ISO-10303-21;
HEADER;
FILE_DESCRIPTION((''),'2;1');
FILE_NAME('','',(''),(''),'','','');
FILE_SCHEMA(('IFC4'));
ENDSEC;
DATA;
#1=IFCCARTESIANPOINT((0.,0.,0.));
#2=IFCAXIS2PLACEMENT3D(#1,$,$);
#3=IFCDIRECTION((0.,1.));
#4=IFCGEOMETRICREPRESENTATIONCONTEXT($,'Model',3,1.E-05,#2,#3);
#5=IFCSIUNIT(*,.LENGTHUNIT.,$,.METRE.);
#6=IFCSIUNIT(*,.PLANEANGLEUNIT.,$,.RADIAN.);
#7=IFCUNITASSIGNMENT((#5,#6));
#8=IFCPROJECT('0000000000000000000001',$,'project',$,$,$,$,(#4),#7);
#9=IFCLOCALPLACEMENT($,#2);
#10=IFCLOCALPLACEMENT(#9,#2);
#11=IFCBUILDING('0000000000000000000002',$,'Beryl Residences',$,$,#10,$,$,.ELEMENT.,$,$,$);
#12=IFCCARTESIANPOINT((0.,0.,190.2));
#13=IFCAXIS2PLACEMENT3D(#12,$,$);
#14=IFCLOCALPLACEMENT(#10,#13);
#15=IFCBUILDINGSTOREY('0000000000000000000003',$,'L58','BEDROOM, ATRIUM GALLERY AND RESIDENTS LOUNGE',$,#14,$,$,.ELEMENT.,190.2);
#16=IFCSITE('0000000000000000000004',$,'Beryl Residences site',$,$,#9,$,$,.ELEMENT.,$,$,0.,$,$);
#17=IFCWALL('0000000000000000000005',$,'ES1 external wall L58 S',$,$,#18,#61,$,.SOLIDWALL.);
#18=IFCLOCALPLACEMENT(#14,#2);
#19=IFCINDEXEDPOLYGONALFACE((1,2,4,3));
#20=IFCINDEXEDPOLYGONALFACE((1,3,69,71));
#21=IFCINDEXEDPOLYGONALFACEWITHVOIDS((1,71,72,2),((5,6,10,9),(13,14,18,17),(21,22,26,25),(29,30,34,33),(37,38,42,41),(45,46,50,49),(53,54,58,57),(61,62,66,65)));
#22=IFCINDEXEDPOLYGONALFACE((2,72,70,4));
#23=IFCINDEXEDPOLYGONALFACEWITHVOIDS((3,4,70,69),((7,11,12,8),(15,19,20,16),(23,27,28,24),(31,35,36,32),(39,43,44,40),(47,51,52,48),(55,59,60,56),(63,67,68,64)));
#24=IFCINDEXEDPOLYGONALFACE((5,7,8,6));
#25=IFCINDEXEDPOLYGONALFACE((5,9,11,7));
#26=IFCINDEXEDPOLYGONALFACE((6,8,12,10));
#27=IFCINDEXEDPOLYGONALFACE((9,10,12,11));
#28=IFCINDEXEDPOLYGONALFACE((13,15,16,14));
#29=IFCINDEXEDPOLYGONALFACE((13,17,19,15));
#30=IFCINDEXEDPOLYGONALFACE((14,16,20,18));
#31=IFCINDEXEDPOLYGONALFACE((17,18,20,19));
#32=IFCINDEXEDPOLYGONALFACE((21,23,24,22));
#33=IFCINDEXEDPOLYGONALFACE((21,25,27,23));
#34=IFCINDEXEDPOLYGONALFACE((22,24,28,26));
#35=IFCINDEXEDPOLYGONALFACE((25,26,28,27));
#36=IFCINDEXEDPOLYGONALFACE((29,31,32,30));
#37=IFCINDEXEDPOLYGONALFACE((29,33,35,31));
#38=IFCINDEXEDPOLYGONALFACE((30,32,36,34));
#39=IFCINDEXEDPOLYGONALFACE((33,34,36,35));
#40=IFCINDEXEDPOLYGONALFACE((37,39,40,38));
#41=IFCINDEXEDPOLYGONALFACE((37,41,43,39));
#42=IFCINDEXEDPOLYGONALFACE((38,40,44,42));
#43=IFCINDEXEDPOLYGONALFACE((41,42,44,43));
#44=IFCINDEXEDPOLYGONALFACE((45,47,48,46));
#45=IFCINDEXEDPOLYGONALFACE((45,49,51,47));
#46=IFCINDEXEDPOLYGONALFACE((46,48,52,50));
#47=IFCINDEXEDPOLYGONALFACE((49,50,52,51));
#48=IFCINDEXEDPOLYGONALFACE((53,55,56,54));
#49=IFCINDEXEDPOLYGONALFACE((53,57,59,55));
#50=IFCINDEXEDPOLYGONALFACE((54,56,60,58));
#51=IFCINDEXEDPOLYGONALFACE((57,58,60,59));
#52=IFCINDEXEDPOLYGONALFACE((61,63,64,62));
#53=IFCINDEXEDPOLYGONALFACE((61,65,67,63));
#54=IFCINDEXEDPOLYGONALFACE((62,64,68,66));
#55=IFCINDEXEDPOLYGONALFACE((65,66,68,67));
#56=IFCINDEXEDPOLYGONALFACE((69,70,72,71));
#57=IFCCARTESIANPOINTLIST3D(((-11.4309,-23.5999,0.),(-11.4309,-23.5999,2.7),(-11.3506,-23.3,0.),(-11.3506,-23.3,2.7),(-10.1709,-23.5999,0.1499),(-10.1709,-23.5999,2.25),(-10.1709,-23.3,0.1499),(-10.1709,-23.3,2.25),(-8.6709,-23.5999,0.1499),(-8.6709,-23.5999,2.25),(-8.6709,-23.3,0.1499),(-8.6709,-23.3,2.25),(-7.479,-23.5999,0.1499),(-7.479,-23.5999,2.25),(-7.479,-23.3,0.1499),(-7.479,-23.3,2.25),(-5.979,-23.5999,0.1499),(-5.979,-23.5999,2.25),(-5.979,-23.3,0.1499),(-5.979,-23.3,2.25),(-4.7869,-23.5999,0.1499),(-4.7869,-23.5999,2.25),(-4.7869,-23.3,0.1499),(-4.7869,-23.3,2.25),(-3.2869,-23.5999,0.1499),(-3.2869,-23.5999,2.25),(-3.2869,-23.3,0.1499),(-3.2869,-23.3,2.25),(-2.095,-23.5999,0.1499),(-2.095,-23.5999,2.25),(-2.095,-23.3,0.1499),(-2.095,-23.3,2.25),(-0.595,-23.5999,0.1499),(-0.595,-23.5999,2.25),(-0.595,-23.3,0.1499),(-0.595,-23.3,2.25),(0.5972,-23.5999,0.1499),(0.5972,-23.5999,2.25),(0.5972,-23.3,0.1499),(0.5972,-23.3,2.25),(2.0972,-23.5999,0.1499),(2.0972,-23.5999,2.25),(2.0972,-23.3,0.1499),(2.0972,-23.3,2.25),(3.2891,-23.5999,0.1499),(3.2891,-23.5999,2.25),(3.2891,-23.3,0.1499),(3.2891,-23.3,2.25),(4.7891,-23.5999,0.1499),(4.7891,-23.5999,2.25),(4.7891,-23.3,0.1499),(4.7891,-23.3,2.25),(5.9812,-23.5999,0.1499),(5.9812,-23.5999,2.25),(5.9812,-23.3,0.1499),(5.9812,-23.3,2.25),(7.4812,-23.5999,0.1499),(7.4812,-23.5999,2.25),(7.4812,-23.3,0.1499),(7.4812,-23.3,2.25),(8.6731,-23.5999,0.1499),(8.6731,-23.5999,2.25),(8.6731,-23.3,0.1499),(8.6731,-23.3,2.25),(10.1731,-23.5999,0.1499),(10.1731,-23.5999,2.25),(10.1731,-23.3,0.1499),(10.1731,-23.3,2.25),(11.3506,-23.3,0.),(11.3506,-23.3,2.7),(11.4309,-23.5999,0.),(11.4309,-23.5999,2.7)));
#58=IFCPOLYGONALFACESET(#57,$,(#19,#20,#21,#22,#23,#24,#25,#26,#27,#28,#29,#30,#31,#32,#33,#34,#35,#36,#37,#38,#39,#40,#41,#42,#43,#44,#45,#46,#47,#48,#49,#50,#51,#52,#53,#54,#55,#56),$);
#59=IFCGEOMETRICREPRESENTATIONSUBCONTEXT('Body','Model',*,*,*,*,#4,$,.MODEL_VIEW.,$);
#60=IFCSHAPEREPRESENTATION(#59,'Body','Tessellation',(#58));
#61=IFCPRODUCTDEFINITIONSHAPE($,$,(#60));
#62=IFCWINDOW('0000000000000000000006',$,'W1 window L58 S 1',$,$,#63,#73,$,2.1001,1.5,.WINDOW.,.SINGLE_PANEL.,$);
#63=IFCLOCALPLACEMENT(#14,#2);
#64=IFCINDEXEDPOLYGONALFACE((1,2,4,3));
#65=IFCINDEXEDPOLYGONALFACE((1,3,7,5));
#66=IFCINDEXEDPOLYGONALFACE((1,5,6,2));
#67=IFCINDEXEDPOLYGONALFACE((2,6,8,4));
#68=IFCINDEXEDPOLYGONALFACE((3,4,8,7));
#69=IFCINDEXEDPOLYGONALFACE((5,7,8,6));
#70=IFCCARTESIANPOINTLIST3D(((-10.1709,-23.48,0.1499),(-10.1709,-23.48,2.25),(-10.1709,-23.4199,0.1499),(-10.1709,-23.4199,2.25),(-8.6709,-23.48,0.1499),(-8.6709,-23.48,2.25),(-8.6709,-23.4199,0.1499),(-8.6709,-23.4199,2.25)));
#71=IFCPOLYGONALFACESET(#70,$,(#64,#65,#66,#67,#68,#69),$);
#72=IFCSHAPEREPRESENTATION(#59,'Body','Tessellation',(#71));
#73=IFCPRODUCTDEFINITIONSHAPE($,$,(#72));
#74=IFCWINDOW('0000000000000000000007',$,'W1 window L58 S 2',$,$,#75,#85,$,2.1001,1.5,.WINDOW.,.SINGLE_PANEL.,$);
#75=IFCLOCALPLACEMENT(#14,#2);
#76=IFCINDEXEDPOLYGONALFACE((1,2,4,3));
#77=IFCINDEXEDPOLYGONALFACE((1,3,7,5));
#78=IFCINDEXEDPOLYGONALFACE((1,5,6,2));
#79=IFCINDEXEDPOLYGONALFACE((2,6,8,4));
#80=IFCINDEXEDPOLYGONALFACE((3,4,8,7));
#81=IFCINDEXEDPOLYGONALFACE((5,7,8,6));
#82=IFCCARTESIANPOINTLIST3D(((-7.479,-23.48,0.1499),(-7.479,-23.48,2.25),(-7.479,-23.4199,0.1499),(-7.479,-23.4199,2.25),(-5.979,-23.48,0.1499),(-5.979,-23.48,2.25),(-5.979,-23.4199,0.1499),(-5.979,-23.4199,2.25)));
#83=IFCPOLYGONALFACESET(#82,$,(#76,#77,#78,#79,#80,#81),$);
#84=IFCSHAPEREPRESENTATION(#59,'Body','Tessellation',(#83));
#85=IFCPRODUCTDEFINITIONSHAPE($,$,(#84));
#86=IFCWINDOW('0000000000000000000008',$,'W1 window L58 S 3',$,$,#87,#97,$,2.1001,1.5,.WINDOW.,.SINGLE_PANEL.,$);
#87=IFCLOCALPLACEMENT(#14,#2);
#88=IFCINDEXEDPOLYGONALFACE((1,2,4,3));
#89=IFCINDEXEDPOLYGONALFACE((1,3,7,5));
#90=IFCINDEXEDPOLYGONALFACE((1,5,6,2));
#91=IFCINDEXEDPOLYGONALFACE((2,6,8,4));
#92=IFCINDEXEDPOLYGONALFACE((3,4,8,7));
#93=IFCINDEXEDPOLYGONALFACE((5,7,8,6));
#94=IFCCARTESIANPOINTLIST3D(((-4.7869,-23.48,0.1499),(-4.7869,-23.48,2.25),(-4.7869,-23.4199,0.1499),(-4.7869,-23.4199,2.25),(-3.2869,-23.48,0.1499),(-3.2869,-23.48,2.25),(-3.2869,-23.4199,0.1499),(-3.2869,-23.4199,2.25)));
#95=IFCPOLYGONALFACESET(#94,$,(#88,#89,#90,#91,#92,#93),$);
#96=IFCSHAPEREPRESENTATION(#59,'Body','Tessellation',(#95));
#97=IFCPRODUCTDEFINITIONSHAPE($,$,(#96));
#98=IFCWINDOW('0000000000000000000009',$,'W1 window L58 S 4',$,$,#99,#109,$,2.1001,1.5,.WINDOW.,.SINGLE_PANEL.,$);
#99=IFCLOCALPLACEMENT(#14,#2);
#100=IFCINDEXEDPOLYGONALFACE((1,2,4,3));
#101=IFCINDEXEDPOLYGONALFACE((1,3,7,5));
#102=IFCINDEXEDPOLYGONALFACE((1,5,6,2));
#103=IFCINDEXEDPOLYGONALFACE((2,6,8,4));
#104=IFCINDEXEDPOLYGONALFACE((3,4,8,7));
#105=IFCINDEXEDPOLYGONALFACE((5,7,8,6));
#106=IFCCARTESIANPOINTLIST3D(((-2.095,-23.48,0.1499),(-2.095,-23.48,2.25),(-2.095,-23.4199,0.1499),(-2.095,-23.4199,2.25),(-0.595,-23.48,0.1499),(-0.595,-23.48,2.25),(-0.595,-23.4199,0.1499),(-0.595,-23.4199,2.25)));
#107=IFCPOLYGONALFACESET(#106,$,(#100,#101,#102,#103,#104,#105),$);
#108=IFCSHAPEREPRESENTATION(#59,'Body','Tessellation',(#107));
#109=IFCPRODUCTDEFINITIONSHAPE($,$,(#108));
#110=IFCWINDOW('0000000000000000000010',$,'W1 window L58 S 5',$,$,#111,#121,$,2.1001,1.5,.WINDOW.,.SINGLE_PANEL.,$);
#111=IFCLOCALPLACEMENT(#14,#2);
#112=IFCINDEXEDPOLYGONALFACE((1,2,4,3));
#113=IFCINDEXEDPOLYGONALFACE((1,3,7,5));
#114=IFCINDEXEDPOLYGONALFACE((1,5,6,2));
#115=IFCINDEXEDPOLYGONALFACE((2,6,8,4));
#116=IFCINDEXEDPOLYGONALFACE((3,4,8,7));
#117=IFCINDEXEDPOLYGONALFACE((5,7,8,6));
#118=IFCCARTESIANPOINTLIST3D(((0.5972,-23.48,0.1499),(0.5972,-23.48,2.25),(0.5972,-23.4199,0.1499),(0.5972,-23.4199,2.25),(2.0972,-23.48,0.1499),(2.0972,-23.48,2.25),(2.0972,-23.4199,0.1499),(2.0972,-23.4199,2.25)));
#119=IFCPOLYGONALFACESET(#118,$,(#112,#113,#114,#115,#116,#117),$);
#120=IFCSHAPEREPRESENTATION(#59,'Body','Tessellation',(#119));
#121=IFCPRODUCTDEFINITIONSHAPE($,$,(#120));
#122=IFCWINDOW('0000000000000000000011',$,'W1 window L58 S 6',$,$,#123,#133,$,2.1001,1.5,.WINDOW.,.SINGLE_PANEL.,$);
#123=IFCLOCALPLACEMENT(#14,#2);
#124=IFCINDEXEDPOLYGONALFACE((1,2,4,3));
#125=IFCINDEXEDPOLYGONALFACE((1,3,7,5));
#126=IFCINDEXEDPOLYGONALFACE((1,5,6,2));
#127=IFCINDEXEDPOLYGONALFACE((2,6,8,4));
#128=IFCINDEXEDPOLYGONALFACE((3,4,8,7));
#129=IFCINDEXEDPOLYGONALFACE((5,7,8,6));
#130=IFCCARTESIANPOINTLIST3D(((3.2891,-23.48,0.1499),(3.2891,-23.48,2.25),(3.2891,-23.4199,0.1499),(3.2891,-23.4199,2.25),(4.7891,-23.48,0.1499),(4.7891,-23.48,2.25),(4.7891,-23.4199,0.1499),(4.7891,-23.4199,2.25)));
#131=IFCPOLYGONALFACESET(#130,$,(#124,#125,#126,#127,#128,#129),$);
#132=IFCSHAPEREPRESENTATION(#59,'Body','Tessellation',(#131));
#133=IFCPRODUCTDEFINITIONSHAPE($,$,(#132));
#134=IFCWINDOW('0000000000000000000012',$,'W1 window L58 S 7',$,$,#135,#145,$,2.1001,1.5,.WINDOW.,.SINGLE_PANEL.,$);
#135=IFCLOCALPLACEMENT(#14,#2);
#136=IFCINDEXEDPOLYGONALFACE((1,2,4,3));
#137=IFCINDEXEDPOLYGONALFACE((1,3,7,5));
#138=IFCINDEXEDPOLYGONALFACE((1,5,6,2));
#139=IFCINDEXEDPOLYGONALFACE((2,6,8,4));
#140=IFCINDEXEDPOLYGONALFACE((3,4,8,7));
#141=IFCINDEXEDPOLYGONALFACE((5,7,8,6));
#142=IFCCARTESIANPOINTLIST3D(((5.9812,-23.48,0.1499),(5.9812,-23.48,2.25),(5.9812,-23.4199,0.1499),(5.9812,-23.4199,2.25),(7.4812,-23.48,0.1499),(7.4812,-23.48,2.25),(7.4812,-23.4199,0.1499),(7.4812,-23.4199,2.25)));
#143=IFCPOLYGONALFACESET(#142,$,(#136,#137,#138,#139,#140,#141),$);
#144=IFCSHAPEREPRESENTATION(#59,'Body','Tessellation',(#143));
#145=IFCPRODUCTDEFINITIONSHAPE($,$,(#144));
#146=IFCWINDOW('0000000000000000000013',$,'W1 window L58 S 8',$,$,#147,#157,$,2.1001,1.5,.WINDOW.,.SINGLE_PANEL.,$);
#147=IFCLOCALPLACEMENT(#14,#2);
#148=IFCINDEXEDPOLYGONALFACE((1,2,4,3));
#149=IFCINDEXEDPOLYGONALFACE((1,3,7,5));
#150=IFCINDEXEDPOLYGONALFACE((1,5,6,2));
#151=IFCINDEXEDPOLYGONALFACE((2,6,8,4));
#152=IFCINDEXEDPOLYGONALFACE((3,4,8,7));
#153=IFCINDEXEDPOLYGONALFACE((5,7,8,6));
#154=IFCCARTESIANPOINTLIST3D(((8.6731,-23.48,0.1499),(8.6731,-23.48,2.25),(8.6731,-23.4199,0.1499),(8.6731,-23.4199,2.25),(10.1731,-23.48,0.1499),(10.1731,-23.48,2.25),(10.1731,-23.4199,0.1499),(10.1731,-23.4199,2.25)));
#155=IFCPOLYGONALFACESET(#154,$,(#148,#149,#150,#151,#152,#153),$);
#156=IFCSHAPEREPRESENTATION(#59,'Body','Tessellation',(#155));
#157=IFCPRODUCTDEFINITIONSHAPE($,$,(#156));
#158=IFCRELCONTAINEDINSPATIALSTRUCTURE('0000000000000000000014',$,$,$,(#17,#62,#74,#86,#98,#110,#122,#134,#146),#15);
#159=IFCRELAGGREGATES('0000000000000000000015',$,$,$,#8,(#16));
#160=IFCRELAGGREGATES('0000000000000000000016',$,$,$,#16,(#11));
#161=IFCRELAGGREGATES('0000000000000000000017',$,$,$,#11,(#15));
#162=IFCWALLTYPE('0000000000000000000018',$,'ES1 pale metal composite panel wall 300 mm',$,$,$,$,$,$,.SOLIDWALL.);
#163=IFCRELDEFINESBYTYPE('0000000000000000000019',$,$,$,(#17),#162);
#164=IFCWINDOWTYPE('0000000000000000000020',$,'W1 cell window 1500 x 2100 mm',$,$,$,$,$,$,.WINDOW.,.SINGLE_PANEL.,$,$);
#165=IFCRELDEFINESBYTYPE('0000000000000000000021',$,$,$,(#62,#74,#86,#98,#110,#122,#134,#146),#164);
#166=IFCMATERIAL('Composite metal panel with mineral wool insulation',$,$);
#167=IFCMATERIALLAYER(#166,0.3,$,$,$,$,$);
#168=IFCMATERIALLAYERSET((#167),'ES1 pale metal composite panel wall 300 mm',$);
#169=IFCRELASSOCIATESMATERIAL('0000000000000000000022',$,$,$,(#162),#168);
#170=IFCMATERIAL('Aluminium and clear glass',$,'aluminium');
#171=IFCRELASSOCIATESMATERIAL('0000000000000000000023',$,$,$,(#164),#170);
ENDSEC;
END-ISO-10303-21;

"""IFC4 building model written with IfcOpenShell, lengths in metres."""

from ifc_helpers import new_model, si_unit, direction, frame, frame_2d, origin, place, context, subcontext, project, spatial, polyline, rectangle, outline, extrude, material, layer, layer_set, type_object, element, fill, save


model = new_model("IFC4")

# Units and contexts
model_context = context("Model", 3, precision=1e-05, world=origin(), true_north=direction((0.0, 1.0)))
body_context = subcontext(model_context, "Body", "Model", "MODEL_VIEW")
ifc_project = project(units=[si_unit("LENGTHUNIT", "METRE"), si_unit("PLANEANGLEUNIT", "RADIAN")], contexts=[model_context])

# Site, building, storey
site_placement = place(None, origin())
site = spatial("IfcSite", under=ifc_project, at=site_placement, Name="Beryl Residences site", CompositionType="ELEMENT", RefElevation=0.0)
building_placement = place(site_placement, origin())
building = spatial("IfcBuilding", under=site, at=building_placement, Name="Beryl Residences", CompositionType="ELEMENT")
storey_placement = place(building_placement, frame((0.0, 0.0, 190.2)))
storey = spatial("IfcBuildingStorey", under=building, at=storey_placement, Name="L58", Description="BEDROOM, ATRIUM GALLERY AND RESIDENTS LOUNGE", CompositionType="ELEMENT", Elevation=190.2)

# Wall, openings, windows
ifc_material_1 = material(Name="Composite metal panel with mineral wool insulation")
ifc_layer_1 = layer(ifc_material_1, 0.3)
ifc_layer_set_1 = layer_set([ifc_layer_1], Name="ES1 pale metal composite panel wall 300 mm")
wall_type_1 = type_object("IfcWallType", Name="ES1 pale metal composite panel wall 300 mm", PredefinedType="SOLIDWALL", material=ifc_layer_set_1)
wall_1_placement = place(storey_placement, frame((-11.4309, -23.45, 0.0), z_axis=(0.0, 0.0, 1.0), x_axis=(1.0, 0.0, 0.0)))
wall_1 = element("IfcWall", 1, at=wall_1_placement, inside=storey, type_object=wall_type_1, Name="ES1 external wall L58 S", PredefinedType="SOLIDWALL", context=body_context, shape_type="SweptSolid", body=[
    extrude(outline(polyline([(0.0, -0.1499), (22.8618, -0.1499), (22.7815, 0.1499), (0.0803, 0.1499), (0.0, -0.1499)])), origin(), (0.0, 0.0, 1.0), 2.7),
])
opening_1_placement = place(wall_1_placement, frame((1.26, 0.0, 0.1499)))
opening_1 = element("IfcOpeningElement", 2, at=opening_1_placement, cuts=wall_1, PredefinedType="OPENING", context=body_context, shape_type="SweptSolid", body=[
    extrude(rectangle(XDim=1.5, YDim=2.1001, at=frame_2d((0.75, 1.05))), frame((0.0, 0.1599, 0.0), z_axis=(0.0, -1.0, 0.0), x_axis=(1.0, 0.0, 0.0)), (0.0, 0.0, 1.0), 0.3201),
])
opening_2_placement = place(wall_1_placement, frame((3.9519, 0.0, 0.1499)))
opening_2 = element("IfcOpeningElement", 3, at=opening_2_placement, cuts=wall_1, PredefinedType="OPENING", context=body_context, shape_type="SweptSolid", body=[
    extrude(rectangle(XDim=1.5, YDim=2.1001, at=frame_2d((0.75, 1.05))), frame((0.0, 0.1599, 0.0), z_axis=(0.0, -1.0, 0.0), x_axis=(1.0, 0.0, 0.0)), (0.0, 0.0, 1.0), 0.3201),
])
opening_3_placement = place(wall_1_placement, frame((6.644, 0.0, 0.1499)))
opening_3 = element("IfcOpeningElement", 4, at=opening_3_placement, cuts=wall_1, PredefinedType="OPENING", context=body_context, shape_type="SweptSolid", body=[
    extrude(rectangle(XDim=1.5, YDim=2.1001, at=frame_2d((0.75, 1.05))), frame((0.0, 0.1599, 0.0), z_axis=(0.0, -1.0, 0.0), x_axis=(1.0, 0.0, 0.0)), (0.0, 0.0, 1.0), 0.3201),
])
opening_4_placement = place(wall_1_placement, frame((9.3359, 0.0, 0.1499)))
opening_4 = element("IfcOpeningElement", 5, at=opening_4_placement, cuts=wall_1, PredefinedType="OPENING", context=body_context, shape_type="SweptSolid", body=[
    extrude(rectangle(XDim=1.5, YDim=2.1001, at=frame_2d((0.75, 1.05))), frame((0.0, 0.1599, 0.0), z_axis=(0.0, -1.0, 0.0), x_axis=(1.0, 0.0, 0.0)), (0.0, 0.0, 1.0), 0.3201),
])
opening_5_placement = place(wall_1_placement, frame((12.0281, 0.0, 0.1499)))
opening_5 = element("IfcOpeningElement", 6, at=opening_5_placement, cuts=wall_1, PredefinedType="OPENING", context=body_context, shape_type="SweptSolid", body=[
    extrude(rectangle(XDim=1.5, YDim=2.1001, at=frame_2d((0.75, 1.05))), frame((0.0, 0.1599, 0.0), z_axis=(0.0, -1.0, 0.0), x_axis=(1.0, 0.0, 0.0)), (0.0, 0.0, 1.0), 0.3201),
])
opening_6_placement = place(wall_1_placement, frame((14.72, 0.0, 0.1499)))
opening_6 = element("IfcOpeningElement", 7, at=opening_6_placement, cuts=wall_1, PredefinedType="OPENING", context=body_context, shape_type="SweptSolid", body=[
    extrude(rectangle(XDim=1.5, YDim=2.1001, at=frame_2d((0.75, 1.05))), frame((0.0, 0.1599, 0.0), z_axis=(0.0, -1.0, 0.0), x_axis=(1.0, 0.0, 0.0)), (0.0, 0.0, 1.0), 0.3201),
])
opening_7_placement = place(wall_1_placement, frame((17.4121, 0.0, 0.1499)))
opening_7 = element("IfcOpeningElement", 8, at=opening_7_placement, cuts=wall_1, PredefinedType="OPENING", context=body_context, shape_type="SweptSolid", body=[
    extrude(rectangle(XDim=1.5, YDim=2.1001, at=frame_2d((0.75, 1.05))), frame((0.0, 0.1599, 0.0), z_axis=(0.0, -1.0, 0.0), x_axis=(1.0, 0.0, 0.0)), (0.0, 0.0, 1.0), 0.3201),
])
opening_8_placement = place(wall_1_placement, frame((20.104, 0.0, 0.1499)))
opening_8 = element("IfcOpeningElement", 9, at=opening_8_placement, cuts=wall_1, PredefinedType="OPENING", context=body_context, shape_type="SweptSolid", body=[
    extrude(rectangle(XDim=1.5, YDim=2.1001, at=frame_2d((0.75, 1.05))), frame((0.0, 0.1599, 0.0), z_axis=(0.0, -1.0, 0.0), x_axis=(1.0, 0.0, 0.0)), (0.0, 0.0, 1.0), 0.3201),
])
ifc_material_2 = material(Name="Aluminium and clear glass", Category="aluminium")
window_type = type_object("IfcWindowType", Name="W1 cell window 1500 x 2100 mm", PartitioningType="SINGLE_PANEL", PredefinedType="WINDOW", material=ifc_material_2)
window_1_placement = place(opening_1_placement, origin())
window_1 = element("IfcWindow", 10, at=window_1_placement, inside=storey, type_object=window_type, Name="W1 window L58 S 1", OverallHeight=2.1001, OverallWidth=1.5, PartitioningType="SINGLE_PANEL", PredefinedType="WINDOW", context=body_context, shape_type="SweptSolid", body=[
    extrude(rectangle(XDim=1.5, YDim=2.1001, at=frame_2d((0.75, 1.05))), frame((0.0, 0.03, 0.0), z_axis=(0.0, -1.0, 0.0), x_axis=(1.0, 0.0, 0.0)), (0.0, 0.0, 1.0), 0.0601),
])
fill(opening_1, window_1)
window_2_placement = place(opening_2_placement, origin())
window_2 = element("IfcWindow", 11, at=window_2_placement, inside=storey, type_object=window_type, Name="W1 window L58 S 2", OverallHeight=2.1001, OverallWidth=1.5, PartitioningType="SINGLE_PANEL", PredefinedType="WINDOW", context=body_context, shape_type="SweptSolid", body=[
    extrude(rectangle(XDim=1.5, YDim=2.1001, at=frame_2d((0.75, 1.05))), frame((0.0, 0.03, 0.0), z_axis=(0.0, -1.0, 0.0), x_axis=(1.0, 0.0, 0.0)), (0.0, 0.0, 1.0), 0.0601),
])
fill(opening_2, window_2)
window_3_placement = place(opening_3_placement, origin())
window_3 = element("IfcWindow", 12, at=window_3_placement, inside=storey, type_object=window_type, Name="W1 window L58 S 3", OverallHeight=2.1001, OverallWidth=1.5, PartitioningType="SINGLE_PANEL", PredefinedType="WINDOW", context=body_context, shape_type="SweptSolid", body=[
    extrude(rectangle(XDim=1.5, YDim=2.1001, at=frame_2d((0.75, 1.05))), frame((0.0, 0.03, 0.0), z_axis=(0.0, -1.0, 0.0), x_axis=(1.0, 0.0, 0.0)), (0.0, 0.0, 1.0), 0.0601),
])
fill(opening_3, window_3)
window_4_placement = place(opening_4_placement, origin())
window_4 = element("IfcWindow", 13, at=window_4_placement, inside=storey, type_object=window_type, Name="W1 window L58 S 4", OverallHeight=2.1001, OverallWidth=1.5, PartitioningType="SINGLE_PANEL", PredefinedType="WINDOW", context=body_context, shape_type="SweptSolid", body=[
    extrude(rectangle(XDim=1.5, YDim=2.1001, at=frame_2d((0.75, 1.05))), frame((0.0, 0.03, 0.0), z_axis=(0.0, -1.0, 0.0), x_axis=(1.0, 0.0, 0.0)), (0.0, 0.0, 1.0), 0.0601),
])
fill(opening_4, window_4)
window_5_placement = place(opening_5_placement, origin())
window_5 = element("IfcWindow", 14, at=window_5_placement, inside=storey, type_object=window_type, Name="W1 window L58 S 5", OverallHeight=2.1001, OverallWidth=1.5, PartitioningType="SINGLE_PANEL", PredefinedType="WINDOW", context=body_context, shape_type="SweptSolid", body=[
    extrude(rectangle(XDim=1.5, YDim=2.1001, at=frame_2d((0.75, 1.05))), frame((0.0, 0.03, 0.0), z_axis=(0.0, -1.0, 0.0), x_axis=(1.0, 0.0, 0.0)), (0.0, 0.0, 1.0), 0.0601),
])
fill(opening_5, window_5)
window_6_placement = place(opening_6_placement, origin())
window_6 = element("IfcWindow", 15, at=window_6_placement, inside=storey, type_object=window_type, Name="W1 window L58 S 6", OverallHeight=2.1001, OverallWidth=1.5, PartitioningType="SINGLE_PANEL", PredefinedType="WINDOW", context=body_context, shape_type="SweptSolid", body=[
    extrude(rectangle(XDim=1.5, YDim=2.1001, at=frame_2d((0.75, 1.05))), frame((0.0, 0.03, 0.0), z_axis=(0.0, -1.0, 0.0), x_axis=(1.0, 0.0, 0.0)), (0.0, 0.0, 1.0), 0.0601),
])
fill(opening_6, window_6)
window_7_placement = place(opening_7_placement, origin())
window_7 = element("IfcWindow", 16, at=window_7_placement, inside=storey, type_object=window_type, Name="W1 window L58 S 7", OverallHeight=2.1001, OverallWidth=1.5, PartitioningType="SINGLE_PANEL", PredefinedType="WINDOW", context=body_context, shape_type="SweptSolid", body=[
    extrude(rectangle(XDim=1.5, YDim=2.1001, at=frame_2d((0.75, 1.05))), frame((0.0, 0.03, 0.0), z_axis=(0.0, -1.0, 0.0), x_axis=(1.0, 0.0, 0.0)), (0.0, 0.0, 1.0), 0.0601),
])
fill(opening_7, window_7)
window_8_placement = place(opening_8_placement, origin())
window_8 = element("IfcWindow", 17, at=window_8_placement, inside=storey, type_object=window_type, Name="W1 window L58 S 8", OverallHeight=2.1001, OverallWidth=1.5, PartitioningType="SINGLE_PANEL", PredefinedType="WINDOW", context=body_context, shape_type="SweptSolid", body=[
    extrude(rectangle(XDim=1.5, YDim=2.1001, at=frame_2d((0.75, 1.05))), frame((0.0, 0.03, 0.0), z_axis=(0.0, -1.0, 0.0), x_axis=(1.0, 0.0, 0.0)), (0.0, 0.0, 1.0), 0.0601),
])
fill(opening_8, window_8)

save(model, "model.ifc")
